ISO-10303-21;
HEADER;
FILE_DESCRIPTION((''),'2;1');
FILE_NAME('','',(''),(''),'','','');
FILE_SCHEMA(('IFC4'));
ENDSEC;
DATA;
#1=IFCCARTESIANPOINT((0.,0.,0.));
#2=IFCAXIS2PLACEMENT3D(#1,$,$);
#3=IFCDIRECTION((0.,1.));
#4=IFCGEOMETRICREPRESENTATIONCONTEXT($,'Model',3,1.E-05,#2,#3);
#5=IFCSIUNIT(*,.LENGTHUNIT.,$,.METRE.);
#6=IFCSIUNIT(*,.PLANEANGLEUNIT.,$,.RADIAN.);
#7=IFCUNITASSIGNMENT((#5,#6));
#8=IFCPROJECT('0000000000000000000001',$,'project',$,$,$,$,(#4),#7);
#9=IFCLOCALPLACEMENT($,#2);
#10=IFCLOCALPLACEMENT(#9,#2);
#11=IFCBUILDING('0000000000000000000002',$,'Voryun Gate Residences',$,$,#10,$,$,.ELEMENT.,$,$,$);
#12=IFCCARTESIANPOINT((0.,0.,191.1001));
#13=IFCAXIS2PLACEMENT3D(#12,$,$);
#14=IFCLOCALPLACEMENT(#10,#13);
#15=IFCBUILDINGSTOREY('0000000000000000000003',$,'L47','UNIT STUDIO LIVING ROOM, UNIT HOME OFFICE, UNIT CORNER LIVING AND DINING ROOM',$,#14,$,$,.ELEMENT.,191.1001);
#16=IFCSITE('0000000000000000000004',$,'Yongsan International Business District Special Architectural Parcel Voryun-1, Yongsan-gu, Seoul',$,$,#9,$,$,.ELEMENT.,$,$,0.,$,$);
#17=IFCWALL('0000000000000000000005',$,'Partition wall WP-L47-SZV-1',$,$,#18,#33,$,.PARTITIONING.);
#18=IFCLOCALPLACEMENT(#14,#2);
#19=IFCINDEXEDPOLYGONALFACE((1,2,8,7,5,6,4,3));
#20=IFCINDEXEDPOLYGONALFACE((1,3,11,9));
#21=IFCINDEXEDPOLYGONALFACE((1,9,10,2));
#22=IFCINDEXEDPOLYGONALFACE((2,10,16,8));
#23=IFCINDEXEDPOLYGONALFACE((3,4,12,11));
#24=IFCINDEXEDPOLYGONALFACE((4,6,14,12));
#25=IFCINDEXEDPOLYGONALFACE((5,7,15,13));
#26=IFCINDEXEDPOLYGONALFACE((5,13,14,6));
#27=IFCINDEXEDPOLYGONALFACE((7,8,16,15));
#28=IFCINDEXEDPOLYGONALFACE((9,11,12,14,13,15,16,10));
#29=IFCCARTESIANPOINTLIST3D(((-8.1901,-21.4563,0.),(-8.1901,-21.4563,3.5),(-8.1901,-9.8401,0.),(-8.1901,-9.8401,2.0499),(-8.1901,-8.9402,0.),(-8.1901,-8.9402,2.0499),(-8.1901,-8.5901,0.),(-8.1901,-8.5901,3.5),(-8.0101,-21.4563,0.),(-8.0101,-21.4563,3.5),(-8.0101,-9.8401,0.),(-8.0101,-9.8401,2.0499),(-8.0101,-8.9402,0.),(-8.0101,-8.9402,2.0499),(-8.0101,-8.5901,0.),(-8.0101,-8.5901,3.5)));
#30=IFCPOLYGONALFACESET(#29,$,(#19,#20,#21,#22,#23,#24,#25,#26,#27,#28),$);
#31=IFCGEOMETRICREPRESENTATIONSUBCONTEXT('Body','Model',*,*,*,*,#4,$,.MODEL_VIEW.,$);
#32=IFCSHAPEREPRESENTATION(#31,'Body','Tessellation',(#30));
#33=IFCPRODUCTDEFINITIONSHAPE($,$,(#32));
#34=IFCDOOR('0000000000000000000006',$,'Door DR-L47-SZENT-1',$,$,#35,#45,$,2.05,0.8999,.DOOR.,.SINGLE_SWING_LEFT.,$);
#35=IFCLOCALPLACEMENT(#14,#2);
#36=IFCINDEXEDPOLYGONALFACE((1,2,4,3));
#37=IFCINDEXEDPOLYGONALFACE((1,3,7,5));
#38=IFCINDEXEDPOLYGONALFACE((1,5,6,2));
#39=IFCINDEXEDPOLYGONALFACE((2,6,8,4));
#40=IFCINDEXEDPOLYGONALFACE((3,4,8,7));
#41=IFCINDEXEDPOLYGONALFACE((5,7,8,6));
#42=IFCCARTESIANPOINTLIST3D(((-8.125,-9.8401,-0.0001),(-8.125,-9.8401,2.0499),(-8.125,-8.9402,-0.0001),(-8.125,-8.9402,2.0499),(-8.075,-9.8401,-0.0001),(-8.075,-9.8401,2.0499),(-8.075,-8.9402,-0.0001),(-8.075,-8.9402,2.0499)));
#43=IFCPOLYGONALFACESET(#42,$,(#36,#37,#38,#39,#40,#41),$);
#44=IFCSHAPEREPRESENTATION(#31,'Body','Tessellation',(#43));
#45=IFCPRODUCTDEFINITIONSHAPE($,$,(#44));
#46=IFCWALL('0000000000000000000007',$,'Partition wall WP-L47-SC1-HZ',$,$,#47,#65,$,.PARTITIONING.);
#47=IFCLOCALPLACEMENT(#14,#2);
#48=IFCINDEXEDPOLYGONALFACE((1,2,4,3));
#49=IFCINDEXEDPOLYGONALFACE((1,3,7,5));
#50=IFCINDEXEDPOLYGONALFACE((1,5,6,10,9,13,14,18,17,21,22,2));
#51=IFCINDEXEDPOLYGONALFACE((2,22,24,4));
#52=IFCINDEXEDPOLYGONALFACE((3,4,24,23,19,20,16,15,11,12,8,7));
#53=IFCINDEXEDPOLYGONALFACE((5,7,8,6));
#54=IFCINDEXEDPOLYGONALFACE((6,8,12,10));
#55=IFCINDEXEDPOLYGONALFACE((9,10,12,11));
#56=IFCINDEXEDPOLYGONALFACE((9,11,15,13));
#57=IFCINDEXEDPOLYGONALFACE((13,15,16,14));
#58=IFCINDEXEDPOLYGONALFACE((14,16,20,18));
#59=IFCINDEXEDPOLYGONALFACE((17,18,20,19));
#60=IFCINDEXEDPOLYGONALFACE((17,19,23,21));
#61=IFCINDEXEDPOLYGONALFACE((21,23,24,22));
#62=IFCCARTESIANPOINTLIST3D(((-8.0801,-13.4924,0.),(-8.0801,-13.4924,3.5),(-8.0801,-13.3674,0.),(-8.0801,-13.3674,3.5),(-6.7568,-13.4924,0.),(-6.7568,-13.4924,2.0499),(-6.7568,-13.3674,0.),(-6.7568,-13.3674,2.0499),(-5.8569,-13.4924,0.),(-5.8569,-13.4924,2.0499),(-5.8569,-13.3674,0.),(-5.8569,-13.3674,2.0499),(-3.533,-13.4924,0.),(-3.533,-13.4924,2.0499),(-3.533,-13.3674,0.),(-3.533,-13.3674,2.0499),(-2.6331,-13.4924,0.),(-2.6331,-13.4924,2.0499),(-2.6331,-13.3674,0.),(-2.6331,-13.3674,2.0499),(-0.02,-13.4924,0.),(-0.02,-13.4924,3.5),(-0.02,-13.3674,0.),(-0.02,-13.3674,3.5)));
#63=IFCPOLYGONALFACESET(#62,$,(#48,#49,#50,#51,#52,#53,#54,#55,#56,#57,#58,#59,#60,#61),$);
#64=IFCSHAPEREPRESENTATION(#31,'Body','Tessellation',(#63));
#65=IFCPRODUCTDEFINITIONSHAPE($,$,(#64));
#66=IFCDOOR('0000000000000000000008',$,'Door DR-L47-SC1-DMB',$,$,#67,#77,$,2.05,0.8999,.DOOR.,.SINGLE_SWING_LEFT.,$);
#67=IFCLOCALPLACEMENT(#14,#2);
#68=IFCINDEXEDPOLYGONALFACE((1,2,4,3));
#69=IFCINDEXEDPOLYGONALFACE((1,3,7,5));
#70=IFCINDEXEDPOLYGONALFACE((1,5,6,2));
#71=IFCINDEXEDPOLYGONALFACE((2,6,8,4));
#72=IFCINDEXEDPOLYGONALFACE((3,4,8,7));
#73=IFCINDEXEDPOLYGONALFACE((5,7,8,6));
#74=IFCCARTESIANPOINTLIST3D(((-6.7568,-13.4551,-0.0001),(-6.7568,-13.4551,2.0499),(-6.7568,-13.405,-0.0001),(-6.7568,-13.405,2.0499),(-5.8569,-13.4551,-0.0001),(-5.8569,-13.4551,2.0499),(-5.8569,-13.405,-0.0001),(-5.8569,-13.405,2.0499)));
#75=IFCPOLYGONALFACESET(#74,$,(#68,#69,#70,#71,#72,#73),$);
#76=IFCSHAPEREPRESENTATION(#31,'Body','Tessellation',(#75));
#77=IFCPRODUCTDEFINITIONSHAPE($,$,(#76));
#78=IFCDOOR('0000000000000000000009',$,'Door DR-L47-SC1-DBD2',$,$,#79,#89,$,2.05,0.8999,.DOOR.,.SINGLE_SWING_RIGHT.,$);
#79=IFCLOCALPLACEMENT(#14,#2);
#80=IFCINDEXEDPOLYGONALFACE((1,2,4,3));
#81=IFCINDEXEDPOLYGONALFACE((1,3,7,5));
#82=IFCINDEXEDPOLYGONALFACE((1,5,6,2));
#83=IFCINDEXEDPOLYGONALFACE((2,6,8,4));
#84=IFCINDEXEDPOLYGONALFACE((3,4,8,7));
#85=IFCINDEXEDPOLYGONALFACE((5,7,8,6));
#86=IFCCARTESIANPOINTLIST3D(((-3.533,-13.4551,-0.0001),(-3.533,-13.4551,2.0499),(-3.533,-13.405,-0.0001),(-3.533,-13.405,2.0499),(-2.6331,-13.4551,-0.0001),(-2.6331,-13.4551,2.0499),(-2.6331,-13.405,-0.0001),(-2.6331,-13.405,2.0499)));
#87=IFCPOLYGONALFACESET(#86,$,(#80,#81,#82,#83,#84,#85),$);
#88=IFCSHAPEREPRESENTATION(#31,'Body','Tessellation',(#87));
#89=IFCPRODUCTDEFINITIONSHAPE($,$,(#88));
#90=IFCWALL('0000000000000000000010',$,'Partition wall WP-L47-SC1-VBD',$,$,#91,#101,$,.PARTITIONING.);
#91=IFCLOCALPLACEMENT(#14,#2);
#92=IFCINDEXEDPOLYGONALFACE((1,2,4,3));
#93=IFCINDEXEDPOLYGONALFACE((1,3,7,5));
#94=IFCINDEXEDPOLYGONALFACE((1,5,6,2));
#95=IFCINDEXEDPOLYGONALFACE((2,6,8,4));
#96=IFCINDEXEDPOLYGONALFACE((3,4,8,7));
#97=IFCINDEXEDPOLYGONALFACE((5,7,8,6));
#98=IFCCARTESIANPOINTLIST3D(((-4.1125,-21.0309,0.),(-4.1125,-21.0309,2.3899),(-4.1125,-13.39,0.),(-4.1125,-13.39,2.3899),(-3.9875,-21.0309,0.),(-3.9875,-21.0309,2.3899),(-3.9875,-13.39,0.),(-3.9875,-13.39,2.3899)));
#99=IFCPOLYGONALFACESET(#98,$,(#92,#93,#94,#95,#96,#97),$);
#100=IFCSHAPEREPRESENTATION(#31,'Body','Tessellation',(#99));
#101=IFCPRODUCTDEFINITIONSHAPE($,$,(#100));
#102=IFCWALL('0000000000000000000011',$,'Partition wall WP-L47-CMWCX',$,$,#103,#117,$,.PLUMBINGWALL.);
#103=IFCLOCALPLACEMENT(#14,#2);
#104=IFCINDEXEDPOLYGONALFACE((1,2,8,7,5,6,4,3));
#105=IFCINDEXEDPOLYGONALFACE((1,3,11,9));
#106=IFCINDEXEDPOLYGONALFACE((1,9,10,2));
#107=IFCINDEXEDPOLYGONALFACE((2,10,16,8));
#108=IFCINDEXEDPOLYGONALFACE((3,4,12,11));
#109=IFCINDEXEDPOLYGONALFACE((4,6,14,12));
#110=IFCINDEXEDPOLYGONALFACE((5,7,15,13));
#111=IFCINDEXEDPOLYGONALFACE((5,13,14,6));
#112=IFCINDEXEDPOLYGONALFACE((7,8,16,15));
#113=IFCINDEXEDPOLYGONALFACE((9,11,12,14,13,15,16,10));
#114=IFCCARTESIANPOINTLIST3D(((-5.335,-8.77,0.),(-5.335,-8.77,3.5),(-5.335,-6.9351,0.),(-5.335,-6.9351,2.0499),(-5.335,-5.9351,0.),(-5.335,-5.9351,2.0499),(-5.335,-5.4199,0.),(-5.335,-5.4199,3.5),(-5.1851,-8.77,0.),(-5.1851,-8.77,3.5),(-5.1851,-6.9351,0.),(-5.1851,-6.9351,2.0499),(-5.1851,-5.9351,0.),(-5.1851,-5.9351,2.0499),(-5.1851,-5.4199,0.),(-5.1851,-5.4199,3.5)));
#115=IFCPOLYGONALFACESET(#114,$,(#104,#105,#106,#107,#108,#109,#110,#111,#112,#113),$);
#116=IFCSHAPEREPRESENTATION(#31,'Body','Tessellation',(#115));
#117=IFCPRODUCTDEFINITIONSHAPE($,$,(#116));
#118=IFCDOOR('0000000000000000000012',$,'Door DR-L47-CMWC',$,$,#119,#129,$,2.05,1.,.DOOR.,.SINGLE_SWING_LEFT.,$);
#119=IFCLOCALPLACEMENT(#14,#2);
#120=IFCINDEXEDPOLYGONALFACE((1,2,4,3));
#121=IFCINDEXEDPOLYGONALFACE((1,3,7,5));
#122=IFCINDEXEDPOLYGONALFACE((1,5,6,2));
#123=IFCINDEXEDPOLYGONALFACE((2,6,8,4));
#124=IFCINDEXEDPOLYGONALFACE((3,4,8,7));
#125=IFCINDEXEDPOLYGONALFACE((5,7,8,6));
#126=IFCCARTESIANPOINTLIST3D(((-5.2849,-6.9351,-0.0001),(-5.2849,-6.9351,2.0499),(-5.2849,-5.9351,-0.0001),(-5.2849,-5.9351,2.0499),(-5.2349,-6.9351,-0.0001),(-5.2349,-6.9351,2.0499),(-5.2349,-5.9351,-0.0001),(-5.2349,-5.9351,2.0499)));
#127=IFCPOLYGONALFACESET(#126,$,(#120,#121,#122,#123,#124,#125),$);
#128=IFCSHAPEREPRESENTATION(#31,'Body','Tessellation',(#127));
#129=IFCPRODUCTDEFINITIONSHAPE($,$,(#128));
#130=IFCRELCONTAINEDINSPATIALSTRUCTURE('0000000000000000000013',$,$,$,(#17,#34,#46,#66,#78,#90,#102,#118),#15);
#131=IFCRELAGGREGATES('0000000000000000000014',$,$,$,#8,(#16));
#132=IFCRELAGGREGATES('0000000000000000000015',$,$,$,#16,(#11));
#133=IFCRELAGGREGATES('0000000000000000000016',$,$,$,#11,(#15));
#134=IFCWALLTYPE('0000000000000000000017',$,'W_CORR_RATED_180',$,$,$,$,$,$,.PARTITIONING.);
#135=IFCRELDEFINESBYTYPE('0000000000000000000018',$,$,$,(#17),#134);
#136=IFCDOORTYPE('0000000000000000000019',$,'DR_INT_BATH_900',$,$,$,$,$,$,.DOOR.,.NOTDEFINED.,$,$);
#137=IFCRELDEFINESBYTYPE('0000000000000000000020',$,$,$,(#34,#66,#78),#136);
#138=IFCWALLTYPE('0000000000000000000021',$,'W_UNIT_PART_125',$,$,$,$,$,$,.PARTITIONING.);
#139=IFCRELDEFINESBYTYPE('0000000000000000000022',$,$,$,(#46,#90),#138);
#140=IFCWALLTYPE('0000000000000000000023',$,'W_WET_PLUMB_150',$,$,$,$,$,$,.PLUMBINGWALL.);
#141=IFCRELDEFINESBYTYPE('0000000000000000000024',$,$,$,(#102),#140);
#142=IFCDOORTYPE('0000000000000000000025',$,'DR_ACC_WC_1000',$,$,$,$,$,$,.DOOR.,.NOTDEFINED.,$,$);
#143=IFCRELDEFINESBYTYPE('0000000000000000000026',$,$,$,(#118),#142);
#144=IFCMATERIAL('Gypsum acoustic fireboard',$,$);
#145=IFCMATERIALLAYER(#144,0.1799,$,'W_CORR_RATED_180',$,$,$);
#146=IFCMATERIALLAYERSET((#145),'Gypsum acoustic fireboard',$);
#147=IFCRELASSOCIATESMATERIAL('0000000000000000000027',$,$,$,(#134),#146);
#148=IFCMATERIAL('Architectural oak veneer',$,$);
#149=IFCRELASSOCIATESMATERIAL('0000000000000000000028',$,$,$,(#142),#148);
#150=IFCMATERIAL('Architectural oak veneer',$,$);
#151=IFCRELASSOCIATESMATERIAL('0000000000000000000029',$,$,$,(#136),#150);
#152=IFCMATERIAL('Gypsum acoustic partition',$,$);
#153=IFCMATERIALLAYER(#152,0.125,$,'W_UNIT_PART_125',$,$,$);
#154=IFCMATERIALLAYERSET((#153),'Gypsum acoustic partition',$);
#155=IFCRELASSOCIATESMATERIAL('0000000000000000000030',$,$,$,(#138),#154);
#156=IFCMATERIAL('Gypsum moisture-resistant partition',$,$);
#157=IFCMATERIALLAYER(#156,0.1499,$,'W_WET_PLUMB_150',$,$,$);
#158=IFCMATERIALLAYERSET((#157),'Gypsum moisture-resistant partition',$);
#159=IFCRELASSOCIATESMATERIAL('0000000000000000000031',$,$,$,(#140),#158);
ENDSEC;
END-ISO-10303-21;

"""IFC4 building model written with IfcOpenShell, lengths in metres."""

from ifc_helpers import new_model, si_unit, direction, frame, frame_2d, origin, place, context, subcontext, project, spatial, rectangle, extrude, material, layer, layer_set, type_object, element, fill, save


model = new_model("IFC4")

# Units and contexts
model_context = context("Model", 3, precision=1e-05, world=origin(), true_north=direction((0.0, 1.0)))
body_context = subcontext(model_context, "Body", "Model", "MODEL_VIEW")
ifc_project = project(units=[si_unit("LENGTHUNIT", "METRE"), si_unit("PLANEANGLEUNIT", "RADIAN")], contexts=[model_context])

# Site, building, storey
site_placement = place(None, origin())
site = spatial("IfcSite", under=ifc_project, at=site_placement, Name="Yongsan International Business District Special Architectural Parcel Voryun-1, Yongsan-gu, Seoul", CompositionType="ELEMENT", RefElevation=0.0)
building_placement = place(site_placement, origin())
building = spatial("IfcBuilding", under=site, at=building_placement, Name="Voryun Gate Residences", CompositionType="ELEMENT")
storey_placement = place(building_placement, frame((0.0, 0.0, 191.1001)))
storey = spatial("IfcBuildingStorey", under=building, at=storey_placement, Name="L47", Description="UNIT STUDIO LIVING ROOM, UNIT HOME OFFICE, UNIT CORNER LIVING AND DINING ROOM", CompositionType="ELEMENT", Elevation=191.1001)

# Shared definitions
ifc_material_1 = material(Name="Gypsum acoustic fireboard")
ifc_layer_1 = layer(ifc_material_1, 0.1799, Name="W_CORR_RATED_180")
ifc_layer_set_1 = layer_set([ifc_layer_1], Name="Gypsum acoustic fireboard")
wall_type_1 = type_object("IfcWallType", Name="W_CORR_RATED_180", PredefinedType="PARTITIONING", material=ifc_layer_set_1)

# Wall, opening, door
ifc_material_2 = material(Name="Architectural oak veneer")
door_type_1 = type_object("IfcDoorType", Name="DR_ACC_WC_1000", OperationType="NOTDEFINED", PredefinedType="DOOR", material=ifc_material_2)
wall_1_placement = place(storey_placement, frame((-8.1001, -21.4563, 0.0), z_axis=(0.0, 0.0, 1.0), x_axis=(0.0, 1.0, 0.0)))
wall_1 = element("IfcWall", 1, at=wall_1_placement, inside=storey, type_object=wall_type_1, Name="Partition wall WP-L47-SZV-1", PredefinedType="PARTITIONING", context=body_context, shape_type="SweptSolid", body=[
    extrude(rectangle(XDim=12.8662, YDim=0.1799, at=frame_2d((6.4331, 0.0))), origin(), (0.0, 0.0, 1.0), 3.5),
])
opening_1_placement = place(wall_1_placement, frame((11.6162, 0.0, 0.0)))
opening_1 = element("IfcOpeningElement", 2, at=opening_1_placement, cuts=wall_1, PredefinedType="OPENING", context=body_context, shape_type="SweptSolid", body=[
    extrude(rectangle(XDim=0.8999, YDim=2.05, at=frame_2d((0.45, 1.0249))), frame((0.0, 0.0999, 0.0), z_axis=(0.0, -1.0, 0.0), x_axis=(1.0, 0.0, 0.0)), (0.0, 0.0, 1.0), 0.2),
])
ifc_material_3 = material(Name="Architectural oak veneer")
door_type_2 = type_object("IfcDoorType", Name="DR_INT_BATH_900", OperationType="NOTDEFINED", PredefinedType="DOOR", material=ifc_material_3)
door_1_placement = place(opening_1_placement, origin())
door_1 = element("IfcDoor", 3, at=door_1_placement, inside=storey, type_object=door_type_2, Name="Door DR-L47-SZENT-1", OperationType="SINGLE_SWING_LEFT", OverallHeight=2.05, OverallWidth=0.8999, PredefinedType="DOOR", context=body_context, shape_type="SweptSolid", body=[
    extrude(rectangle(XDim=0.8999, YDim=2.05, at=frame_2d((0.45, 1.0249))), frame((0.0, 0.0249, 0.0), z_axis=(0.0, -1.0, 0.0), x_axis=(1.0, 0.0, 0.0)), (0.0, 0.0, 1.0), 0.05),
])
fill(opening_1, door_1)

# Wall, openings, doors
ifc_material_4 = material(Name="Gypsum acoustic partition")
ifc_layer_2 = layer(ifc_material_4, 0.125, Name="W_UNIT_PART_125")
ifc_layer_set_2 = layer_set([ifc_layer_2], Name="Gypsum acoustic partition")
wall_type_2 = type_object("IfcWallType", Name="W_UNIT_PART_125", PredefinedType="PARTITIONING", material=ifc_layer_set_2)
wall_2_placement = place(storey_placement, frame((-8.0801, -13.4299, 0.0), z_axis=(0.0, 0.0, 1.0), x_axis=(1.0, 0.0, 0.0)))
wall_2 = element("IfcWall", 4, at=wall_2_placement, inside=storey, type_object=wall_type_2, Name="Partition wall WP-L47-SC1-HZ", PredefinedType="PARTITIONING", context=body_context, shape_type="SweptSolid", body=[
    extrude(rectangle(XDim=8.0601, YDim=0.125, at=frame_2d((4.03, 0.0))), origin(), (0.0, 0.0, 1.0), 3.5),
])
opening_2_placement = place(wall_2_placement, frame((1.3232, 0.0, 0.0)))
opening_2 = element("IfcOpeningElement", 5, at=opening_2_placement, cuts=wall_2, PredefinedType="OPENING", context=body_context, shape_type="SweptSolid", body=[
    extrude(rectangle(XDim=0.8999, YDim=2.05, at=frame_2d((0.45, 1.0249))), frame((0.0, 0.0725, 0.0), z_axis=(0.0, -1.0, 0.0), x_axis=(1.0, 0.0, 0.0)), (0.0, 0.0, 1.0), 0.145),
])
opening_3_placement = place(wall_2_placement, frame((4.5471, 0.0, 0.0)))
opening_3 = element("IfcOpeningElement", 6, at=opening_3_placement, cuts=wall_2, PredefinedType="OPENING", context=body_context, shape_type="SweptSolid", body=[
    extrude(rectangle(XDim=0.8999, YDim=2.05, at=frame_2d((0.45, 1.0249))), frame((0.0, 0.0725, 0.0), z_axis=(0.0, -1.0, 0.0), x_axis=(1.0, 0.0, 0.0)), (0.0, 0.0, 1.0), 0.145),
])
door_2_placement = place(opening_2_placement, origin())
door_2 = element("IfcDoor", 7, at=door_2_placement, inside=storey, type_object=door_type_2, Name="Door DR-L47-SC1-DMB", OperationType="SINGLE_SWING_LEFT", OverallHeight=2.05, OverallWidth=0.8999, PredefinedType="DOOR", context=body_context, shape_type="SweptSolid", body=[
    extrude(rectangle(XDim=0.8999, YDim=2.05, at=frame_2d((0.45, 1.0249))), frame((0.0, 0.0249, 0.0), z_axis=(0.0, -1.0, 0.0), x_axis=(1.0, 0.0, 0.0)), (0.0, 0.0, 1.0), 0.05),
])
fill(opening_2, door_2)
door_3_placement = place(opening_3_placement, origin())
door_3 = element("IfcDoor", 8, at=door_3_placement, inside=storey, type_object=door_type_2, Name="Door DR-L47-SC1-DBD2", OperationType="SINGLE_SWING_RIGHT", OverallHeight=2.05, OverallWidth=0.8999, PredefinedType="DOOR", context=body_context, shape_type="SweptSolid", body=[
    extrude(rectangle(XDim=0.8999, YDim=2.05, at=frame_2d((0.45, 1.0249))), frame((0.0, 0.0249, 0.0), z_axis=(0.0, -1.0, 0.0), x_axis=(1.0, 0.0, 0.0)), (0.0, 0.0, 1.0), 0.05),
])
fill(opening_3, door_3)

# Wall
wall_3_placement = place(storey_placement, frame((-4.05, -21.0308, 0.0), z_axis=(0.0, 0.0, 1.0), x_axis=(0.0, 1.0, 0.0)))
element("IfcWall", 9, at=wall_3_placement, inside=storey, type_object=wall_type_2, Name="Partition wall WP-L47-SC1-VBD", PredefinedType="PARTITIONING", context=body_context, shape_type="SweptSolid", body=[
    extrude(rectangle(XDim=7.6409, YDim=0.125, at=frame_2d((3.8203, 0.0))), origin(), (0.0, 0.0, 1.0), 2.3899),
])

# Wall, opening, door
ifc_material_5 = material(Name="Gypsum moisture-resistant partition")
ifc_layer_3 = layer(ifc_material_5, 0.1499, Name="W_WET_PLUMB_150")
ifc_layer_set_3 = layer_set([ifc_layer_3], Name="Gypsum moisture-resistant partition")
wall_type_3 = type_object("IfcWallType", Name="W_WET_PLUMB_150", PredefinedType="PLUMBINGWALL", material=ifc_layer_set_3)
wall_4_placement = place(storey_placement, frame((-5.26, -8.77, 0.0), z_axis=(0.0, 0.0, 1.0), x_axis=(0.0, 1.0, 0.0)))
wall_4 = element("IfcWall", 10, at=wall_4_placement, inside=storey, type_object=wall_type_3, Name="Partition wall WP-L47-CMWCX", PredefinedType="PLUMBINGWALL", context=body_context, shape_type="SweptSolid", body=[
    extrude(rectangle(XDim=3.3501, YDim=0.1499, at=frame_2d((1.675, 0.0))), origin(), (0.0, 0.0, 1.0), 3.5),
])
opening_4_placement = place(wall_4_placement, frame((1.835, 0.0, 0.0)))
opening_4 = element("IfcOpeningElement", 11, at=opening_4_placement, cuts=wall_4, PredefinedType="OPENING", context=body_context, shape_type="SweptSolid", body=[
    extrude(rectangle(XDim=1.0, YDim=2.05, at=frame_2d((0.5, 1.0249))), frame((0.0, 0.085, 0.0), z_axis=(0.0, -1.0, 0.0), x_axis=(1.0, 0.0, 0.0)), (0.0, 0.0, 1.0), 0.1699),
])
door_4_placement = place(opening_4_placement, origin())
door_4 = element("IfcDoor", 12, at=door_4_placement, inside=storey, type_object=door_type_1, Name="Door DR-L47-CMWC", OperationType="SINGLE_SWING_LEFT", OverallHeight=2.05, OverallWidth=1.0, PredefinedType="DOOR", context=body_context, shape_type="SweptSolid", body=[
    extrude(rectangle(XDim=1.0, YDim=2.05, at=frame_2d((0.5, 1.0249))), frame((0.0, 0.0249, 0.0), z_axis=(0.0, -1.0, 0.0), x_axis=(1.0, 0.0, 0.0)), (0.0, 0.0, 1.0), 0.05),
])
fill(opening_4, door_4)

save(model, "model.ifc")
